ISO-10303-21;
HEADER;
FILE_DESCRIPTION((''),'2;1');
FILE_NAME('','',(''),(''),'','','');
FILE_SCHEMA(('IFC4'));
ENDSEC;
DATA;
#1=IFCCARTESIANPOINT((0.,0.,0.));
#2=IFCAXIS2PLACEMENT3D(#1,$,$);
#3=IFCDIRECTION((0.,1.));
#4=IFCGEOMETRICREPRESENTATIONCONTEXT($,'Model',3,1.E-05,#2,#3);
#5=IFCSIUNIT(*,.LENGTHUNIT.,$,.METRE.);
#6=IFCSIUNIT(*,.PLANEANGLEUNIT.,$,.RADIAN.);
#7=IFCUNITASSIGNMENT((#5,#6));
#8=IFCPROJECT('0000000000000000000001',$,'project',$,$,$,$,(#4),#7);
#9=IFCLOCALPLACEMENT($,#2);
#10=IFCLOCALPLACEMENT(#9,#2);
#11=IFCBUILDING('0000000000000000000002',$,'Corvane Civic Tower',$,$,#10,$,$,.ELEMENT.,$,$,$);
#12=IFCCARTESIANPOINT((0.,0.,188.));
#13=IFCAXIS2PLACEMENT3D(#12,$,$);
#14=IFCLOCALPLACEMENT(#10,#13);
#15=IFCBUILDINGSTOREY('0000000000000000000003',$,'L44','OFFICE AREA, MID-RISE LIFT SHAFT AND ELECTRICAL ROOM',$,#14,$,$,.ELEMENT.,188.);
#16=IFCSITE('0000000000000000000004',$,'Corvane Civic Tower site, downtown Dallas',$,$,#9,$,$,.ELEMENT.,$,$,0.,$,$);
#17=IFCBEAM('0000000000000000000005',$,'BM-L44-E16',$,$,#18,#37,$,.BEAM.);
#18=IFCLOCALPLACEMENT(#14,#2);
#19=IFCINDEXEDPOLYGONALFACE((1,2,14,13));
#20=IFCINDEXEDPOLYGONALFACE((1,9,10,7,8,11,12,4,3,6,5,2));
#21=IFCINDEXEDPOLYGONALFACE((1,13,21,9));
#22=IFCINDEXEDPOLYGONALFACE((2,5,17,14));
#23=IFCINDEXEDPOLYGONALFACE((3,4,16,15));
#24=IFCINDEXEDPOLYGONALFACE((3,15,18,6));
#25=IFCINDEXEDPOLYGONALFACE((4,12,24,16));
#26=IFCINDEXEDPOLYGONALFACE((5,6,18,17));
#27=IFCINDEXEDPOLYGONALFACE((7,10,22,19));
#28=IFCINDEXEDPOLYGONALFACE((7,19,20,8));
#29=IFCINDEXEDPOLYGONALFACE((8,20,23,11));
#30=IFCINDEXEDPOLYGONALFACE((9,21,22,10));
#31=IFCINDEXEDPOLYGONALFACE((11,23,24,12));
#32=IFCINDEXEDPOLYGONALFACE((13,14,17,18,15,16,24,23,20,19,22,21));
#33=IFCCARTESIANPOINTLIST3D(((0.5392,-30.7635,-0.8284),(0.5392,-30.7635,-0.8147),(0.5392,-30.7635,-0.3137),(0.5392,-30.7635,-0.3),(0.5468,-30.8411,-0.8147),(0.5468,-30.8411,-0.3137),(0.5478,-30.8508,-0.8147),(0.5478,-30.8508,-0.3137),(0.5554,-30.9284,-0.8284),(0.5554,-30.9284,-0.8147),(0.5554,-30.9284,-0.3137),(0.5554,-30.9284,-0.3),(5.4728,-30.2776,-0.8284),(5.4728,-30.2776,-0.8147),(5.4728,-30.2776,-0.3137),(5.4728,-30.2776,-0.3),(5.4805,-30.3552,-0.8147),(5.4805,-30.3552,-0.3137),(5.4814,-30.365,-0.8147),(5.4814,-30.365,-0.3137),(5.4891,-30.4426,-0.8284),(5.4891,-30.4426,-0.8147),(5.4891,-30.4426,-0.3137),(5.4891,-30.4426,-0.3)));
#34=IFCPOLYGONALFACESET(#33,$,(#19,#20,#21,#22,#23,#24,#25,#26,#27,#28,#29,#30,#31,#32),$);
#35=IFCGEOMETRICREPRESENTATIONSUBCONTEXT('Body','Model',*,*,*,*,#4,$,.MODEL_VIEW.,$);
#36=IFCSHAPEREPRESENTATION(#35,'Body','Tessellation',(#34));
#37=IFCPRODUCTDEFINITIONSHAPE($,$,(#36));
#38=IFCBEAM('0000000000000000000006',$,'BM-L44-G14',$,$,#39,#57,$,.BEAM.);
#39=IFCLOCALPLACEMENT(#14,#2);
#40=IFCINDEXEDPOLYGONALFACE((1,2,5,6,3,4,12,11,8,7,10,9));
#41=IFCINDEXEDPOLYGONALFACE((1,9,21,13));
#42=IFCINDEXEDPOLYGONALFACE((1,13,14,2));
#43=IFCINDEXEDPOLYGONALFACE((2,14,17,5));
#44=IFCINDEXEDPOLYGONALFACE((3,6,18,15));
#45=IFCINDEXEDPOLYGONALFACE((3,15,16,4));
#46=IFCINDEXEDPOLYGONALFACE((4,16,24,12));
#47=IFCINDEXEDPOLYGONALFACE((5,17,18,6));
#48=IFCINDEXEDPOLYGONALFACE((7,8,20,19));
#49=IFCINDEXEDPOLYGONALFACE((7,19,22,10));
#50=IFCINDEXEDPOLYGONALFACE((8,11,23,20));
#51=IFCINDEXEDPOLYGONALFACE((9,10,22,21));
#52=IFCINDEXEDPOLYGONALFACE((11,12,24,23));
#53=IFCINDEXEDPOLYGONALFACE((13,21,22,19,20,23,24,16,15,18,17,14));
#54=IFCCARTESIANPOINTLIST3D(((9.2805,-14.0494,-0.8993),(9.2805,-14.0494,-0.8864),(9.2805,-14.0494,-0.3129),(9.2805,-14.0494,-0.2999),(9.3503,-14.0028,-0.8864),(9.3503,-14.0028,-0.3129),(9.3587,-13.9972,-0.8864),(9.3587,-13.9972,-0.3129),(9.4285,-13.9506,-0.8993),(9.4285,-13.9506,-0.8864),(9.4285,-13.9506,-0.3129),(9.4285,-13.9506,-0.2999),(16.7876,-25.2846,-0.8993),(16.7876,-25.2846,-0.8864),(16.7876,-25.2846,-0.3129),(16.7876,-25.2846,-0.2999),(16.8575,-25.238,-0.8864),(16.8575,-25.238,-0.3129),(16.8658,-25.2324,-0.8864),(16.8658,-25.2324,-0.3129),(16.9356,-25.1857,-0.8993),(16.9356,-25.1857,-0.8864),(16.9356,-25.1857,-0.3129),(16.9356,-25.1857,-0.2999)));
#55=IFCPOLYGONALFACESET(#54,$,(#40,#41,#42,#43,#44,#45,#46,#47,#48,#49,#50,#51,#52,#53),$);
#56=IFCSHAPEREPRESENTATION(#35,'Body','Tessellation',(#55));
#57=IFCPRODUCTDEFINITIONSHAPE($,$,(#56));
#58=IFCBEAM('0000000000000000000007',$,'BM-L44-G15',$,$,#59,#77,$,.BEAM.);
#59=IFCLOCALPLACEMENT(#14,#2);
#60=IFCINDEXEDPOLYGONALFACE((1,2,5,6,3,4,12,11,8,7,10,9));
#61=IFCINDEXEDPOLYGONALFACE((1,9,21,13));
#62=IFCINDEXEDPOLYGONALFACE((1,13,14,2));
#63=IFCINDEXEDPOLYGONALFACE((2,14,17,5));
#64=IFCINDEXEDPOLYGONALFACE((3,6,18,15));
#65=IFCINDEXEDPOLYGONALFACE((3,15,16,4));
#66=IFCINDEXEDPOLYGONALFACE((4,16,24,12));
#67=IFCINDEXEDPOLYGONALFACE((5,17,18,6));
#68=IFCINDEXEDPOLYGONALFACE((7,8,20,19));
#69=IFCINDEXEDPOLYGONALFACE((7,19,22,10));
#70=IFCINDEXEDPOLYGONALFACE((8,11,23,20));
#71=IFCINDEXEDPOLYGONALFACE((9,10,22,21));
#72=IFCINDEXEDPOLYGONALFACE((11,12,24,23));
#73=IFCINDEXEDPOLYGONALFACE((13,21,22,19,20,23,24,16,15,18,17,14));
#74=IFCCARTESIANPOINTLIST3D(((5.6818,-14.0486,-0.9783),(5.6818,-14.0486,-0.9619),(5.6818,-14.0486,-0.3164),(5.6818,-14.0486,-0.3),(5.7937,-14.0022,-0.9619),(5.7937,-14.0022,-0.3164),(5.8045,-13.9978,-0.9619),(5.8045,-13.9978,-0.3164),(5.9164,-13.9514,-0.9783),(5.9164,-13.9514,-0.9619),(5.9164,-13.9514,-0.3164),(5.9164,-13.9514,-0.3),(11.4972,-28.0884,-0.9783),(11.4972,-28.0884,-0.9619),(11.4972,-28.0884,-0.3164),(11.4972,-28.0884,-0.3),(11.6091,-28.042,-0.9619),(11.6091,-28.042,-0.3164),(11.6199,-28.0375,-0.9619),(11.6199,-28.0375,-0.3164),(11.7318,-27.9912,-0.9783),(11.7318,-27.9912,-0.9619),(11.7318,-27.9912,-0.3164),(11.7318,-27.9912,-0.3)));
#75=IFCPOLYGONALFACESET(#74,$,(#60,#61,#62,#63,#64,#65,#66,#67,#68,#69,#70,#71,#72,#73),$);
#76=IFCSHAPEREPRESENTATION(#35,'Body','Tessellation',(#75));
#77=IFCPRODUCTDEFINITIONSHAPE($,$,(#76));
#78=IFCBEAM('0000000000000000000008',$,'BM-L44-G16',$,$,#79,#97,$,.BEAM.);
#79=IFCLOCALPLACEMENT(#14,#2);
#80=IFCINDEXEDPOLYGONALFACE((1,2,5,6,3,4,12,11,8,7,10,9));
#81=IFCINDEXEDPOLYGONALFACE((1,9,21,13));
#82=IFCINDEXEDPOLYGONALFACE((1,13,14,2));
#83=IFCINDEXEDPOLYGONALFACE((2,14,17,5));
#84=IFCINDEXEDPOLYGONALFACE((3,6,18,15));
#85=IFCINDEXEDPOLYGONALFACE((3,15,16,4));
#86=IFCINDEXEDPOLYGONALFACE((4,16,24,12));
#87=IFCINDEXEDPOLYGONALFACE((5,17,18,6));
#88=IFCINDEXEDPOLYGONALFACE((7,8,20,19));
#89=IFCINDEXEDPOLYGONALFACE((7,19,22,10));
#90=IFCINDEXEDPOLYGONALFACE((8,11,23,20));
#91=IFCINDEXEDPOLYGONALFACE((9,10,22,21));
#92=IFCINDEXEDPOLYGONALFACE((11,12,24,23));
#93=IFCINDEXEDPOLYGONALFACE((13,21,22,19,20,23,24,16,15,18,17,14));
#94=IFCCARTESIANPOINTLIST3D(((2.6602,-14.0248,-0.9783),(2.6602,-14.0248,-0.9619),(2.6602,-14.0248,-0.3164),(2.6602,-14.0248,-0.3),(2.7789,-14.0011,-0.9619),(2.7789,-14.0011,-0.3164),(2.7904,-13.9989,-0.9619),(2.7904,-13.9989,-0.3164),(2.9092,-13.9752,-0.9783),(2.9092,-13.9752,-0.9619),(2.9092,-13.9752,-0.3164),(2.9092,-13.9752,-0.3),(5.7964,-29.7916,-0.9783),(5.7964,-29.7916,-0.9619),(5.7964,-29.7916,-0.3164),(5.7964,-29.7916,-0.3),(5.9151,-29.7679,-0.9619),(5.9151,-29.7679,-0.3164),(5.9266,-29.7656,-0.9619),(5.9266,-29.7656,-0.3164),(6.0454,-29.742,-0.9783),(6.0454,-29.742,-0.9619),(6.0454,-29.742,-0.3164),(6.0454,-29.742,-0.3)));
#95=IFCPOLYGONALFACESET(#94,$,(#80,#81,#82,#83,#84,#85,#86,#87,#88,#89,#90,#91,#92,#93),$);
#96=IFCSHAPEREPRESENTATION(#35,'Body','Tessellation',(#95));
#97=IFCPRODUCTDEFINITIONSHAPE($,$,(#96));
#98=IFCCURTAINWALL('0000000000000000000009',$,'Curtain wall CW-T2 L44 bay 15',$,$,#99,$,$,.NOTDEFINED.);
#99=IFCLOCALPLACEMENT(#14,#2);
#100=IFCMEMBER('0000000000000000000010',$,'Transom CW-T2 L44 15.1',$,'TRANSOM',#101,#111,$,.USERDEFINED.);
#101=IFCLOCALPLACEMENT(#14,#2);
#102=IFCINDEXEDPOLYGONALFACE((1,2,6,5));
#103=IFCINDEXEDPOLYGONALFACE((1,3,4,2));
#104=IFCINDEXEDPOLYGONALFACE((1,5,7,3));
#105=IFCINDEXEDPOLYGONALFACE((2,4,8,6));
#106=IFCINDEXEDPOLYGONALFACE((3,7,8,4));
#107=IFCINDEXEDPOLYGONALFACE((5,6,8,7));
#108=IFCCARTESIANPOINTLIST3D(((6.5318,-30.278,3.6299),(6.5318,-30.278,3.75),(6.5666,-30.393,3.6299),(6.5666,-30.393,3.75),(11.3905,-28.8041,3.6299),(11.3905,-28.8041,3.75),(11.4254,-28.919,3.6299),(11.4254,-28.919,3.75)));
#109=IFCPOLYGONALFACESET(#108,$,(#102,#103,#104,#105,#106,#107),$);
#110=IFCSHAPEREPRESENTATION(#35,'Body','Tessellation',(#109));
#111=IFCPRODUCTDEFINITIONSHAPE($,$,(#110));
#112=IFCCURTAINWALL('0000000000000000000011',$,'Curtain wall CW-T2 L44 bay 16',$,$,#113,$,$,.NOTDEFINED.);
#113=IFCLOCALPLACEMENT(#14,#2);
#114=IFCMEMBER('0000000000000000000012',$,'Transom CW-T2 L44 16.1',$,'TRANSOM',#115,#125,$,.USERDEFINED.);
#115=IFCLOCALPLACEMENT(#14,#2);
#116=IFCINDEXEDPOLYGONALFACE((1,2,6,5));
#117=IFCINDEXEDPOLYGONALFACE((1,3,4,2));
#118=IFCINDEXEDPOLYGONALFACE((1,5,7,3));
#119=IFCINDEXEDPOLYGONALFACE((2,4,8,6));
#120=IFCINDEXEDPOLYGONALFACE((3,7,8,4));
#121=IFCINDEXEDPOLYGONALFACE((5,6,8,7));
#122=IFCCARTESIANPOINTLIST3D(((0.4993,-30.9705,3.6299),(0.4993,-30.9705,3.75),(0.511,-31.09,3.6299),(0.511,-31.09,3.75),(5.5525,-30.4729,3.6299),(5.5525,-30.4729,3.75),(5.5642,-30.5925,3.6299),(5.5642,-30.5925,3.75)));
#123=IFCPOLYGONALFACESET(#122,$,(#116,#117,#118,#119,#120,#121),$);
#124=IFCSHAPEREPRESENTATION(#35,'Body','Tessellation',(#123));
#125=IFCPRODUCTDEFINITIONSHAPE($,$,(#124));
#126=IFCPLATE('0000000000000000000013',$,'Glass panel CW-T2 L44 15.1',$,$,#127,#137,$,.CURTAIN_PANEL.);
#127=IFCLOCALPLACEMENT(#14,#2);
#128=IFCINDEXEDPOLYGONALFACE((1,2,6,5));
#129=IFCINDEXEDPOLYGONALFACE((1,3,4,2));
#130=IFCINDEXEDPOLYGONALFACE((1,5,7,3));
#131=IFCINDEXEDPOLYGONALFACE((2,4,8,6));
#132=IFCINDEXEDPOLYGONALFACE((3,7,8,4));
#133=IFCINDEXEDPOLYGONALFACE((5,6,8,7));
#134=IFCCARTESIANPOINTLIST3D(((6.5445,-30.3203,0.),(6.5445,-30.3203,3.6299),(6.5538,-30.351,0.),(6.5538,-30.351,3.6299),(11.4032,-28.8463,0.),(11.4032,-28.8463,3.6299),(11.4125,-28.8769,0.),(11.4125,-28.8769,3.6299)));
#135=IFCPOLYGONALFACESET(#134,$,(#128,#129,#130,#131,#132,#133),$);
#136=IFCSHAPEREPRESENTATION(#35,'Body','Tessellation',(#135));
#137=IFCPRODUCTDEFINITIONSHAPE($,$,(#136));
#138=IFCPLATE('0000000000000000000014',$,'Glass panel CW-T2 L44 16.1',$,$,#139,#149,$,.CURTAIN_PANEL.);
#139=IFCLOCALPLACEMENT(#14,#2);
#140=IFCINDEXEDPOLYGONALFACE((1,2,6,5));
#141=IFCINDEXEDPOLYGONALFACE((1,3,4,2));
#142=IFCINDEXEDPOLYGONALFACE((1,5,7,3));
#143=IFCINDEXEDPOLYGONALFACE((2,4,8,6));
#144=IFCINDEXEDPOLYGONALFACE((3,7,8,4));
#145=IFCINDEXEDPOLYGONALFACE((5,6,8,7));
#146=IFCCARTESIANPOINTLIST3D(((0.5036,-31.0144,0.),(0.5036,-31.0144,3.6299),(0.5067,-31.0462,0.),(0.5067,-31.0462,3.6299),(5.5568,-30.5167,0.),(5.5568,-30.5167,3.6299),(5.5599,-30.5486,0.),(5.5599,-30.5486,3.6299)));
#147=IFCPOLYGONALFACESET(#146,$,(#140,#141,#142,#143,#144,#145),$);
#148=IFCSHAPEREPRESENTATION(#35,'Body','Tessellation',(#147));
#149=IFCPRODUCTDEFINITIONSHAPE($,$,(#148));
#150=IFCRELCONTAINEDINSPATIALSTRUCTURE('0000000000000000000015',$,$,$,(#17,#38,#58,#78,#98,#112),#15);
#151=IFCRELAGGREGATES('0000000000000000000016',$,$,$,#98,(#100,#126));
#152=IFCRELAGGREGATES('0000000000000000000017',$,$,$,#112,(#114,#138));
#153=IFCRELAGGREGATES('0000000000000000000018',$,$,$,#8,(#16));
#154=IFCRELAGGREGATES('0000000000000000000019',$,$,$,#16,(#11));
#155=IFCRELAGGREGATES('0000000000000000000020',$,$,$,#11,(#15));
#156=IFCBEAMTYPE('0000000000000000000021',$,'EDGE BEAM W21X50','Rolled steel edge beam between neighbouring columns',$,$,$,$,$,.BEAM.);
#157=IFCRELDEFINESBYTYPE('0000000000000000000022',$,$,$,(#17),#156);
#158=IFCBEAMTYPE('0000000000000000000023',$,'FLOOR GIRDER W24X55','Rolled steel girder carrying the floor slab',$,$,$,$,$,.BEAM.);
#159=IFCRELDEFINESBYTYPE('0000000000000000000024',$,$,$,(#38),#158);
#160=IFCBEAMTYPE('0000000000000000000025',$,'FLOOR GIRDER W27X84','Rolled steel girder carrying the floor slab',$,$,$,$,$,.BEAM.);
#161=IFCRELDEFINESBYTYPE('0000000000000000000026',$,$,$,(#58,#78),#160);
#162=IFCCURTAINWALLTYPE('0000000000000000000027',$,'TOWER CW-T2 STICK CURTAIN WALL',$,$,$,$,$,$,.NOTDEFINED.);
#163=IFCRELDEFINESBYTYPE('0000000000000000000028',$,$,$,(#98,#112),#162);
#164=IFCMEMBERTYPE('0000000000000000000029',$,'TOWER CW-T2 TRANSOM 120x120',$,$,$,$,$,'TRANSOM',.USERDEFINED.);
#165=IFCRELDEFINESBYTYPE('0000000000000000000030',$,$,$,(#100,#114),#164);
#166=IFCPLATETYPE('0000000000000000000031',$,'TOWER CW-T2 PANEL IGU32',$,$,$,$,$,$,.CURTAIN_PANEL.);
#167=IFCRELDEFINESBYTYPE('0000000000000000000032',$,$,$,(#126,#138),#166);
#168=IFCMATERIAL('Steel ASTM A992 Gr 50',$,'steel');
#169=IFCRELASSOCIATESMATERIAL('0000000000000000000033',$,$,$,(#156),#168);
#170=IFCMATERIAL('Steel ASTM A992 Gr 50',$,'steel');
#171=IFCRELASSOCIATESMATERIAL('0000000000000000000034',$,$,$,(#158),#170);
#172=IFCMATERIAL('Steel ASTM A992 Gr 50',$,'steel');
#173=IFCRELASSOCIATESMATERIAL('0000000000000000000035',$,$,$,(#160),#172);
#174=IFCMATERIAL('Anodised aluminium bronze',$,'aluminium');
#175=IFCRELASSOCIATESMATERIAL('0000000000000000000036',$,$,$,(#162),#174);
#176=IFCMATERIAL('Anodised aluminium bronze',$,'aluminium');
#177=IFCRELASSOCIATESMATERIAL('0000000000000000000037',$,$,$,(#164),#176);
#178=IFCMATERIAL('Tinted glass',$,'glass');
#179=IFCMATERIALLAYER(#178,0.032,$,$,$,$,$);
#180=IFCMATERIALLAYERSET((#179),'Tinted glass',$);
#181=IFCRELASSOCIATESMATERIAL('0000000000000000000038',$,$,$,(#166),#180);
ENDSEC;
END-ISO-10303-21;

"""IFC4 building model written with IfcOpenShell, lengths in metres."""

from ifc_helpers import new_model, si_unit, direction, frame, origin, origin_2d, place, context, subcontext, project, spatial, rectangle, i_section, extrude, material, layer, layer_set, material_profile, profile_set, type_object, element, aggregate, save


model = new_model("IFC4")

# Units and contexts
model_context = context("Model", 3, precision=1e-05, world=origin(), true_north=direction((0.0, 1.0)))
body_context = subcontext(model_context, "Body", "Model", "MODEL_VIEW")
ifc_project = project(units=[si_unit("LENGTHUNIT", "METRE"), si_unit("PLANEANGLEUNIT", "RADIAN")], contexts=[model_context])

# Site, building, storey
site_placement = place(None, origin())
site = spatial("IfcSite", under=ifc_project, at=site_placement, Name="Corvane Civic Tower site, downtown Dallas", CompositionType="ELEMENT", RefElevation=0.0)
building_placement = place(site_placement, origin())
building = spatial("IfcBuilding", under=site, at=building_placement, Name="Corvane Civic Tower", CompositionType="ELEMENT")
storey_placement = place(building_placement, frame((0.0, 0.0, 188.0)))
storey = spatial("IfcBuildingStorey", under=building, at=storey_placement, Name="L44", Description="OFFICE AREA, MID-RISE LIFT SHAFT AND ELECTRICAL ROOM", CompositionType="ELEMENT", Elevation=188.0)

# Beams
ifc_material_1 = material(Name="Steel ASTM A992 Gr 50", Category="steel")
ifc_material_profile_1 = material_profile(ifc_material_1, i_section(OverallWidth=0.1658, OverallDepth=0.5283, WebThickness=0.0098, FlangeThickness=0.0137, at=origin_2d()), Name="W21X50")
ifc_profile_set_1 = profile_set([ifc_material_profile_1], Name="Steel ASTM A992 Gr 50")
beam_type_1 = type_object("IfcBeamType", Name="EDGE BEAM W21X50", Description="Rolled steel edge beam between neighbouring columns", PredefinedType="BEAM", material=ifc_profile_set_1)
beam_1_placement = place(storey_placement, frame((5.481, -30.3601, -0.5642), z_axis=(-0.995186, -0.098002, 0.0), x_axis=(0.098002, -0.995186, 0.0)))
element("IfcBeam", 1, at=beam_1_placement, inside=storey, type_object=beam_type_1, Name="BM-L44-E16", PredefinedType="BEAM", context=body_context, shape_type="SweptSolid", body=[
    extrude(i_section(OverallWidth=0.1658, OverallDepth=0.5283, WebThickness=0.0098, FlangeThickness=0.0137, at=origin_2d()), origin(), (0.0, 0.0, 1.0), 4.9575),
])
ifc_material_2 = material(Name="Steel ASTM A992 Gr 50", Category="steel")
ifc_material_profile_2 = material_profile(ifc_material_2, i_section(OverallWidth=0.178, OverallDepth=0.5994, WebThickness=0.01, FlangeThickness=0.0129, at=origin_2d()), Name="W24X55")
ifc_profile_set_2 = profile_set([ifc_material_profile_2], Name="Steel ASTM A992 Gr 50")
beam_type_2 = type_object("IfcBeamType", Name="FLOOR GIRDER W24X55", Description="Rolled steel girder carrying the floor slab", PredefinedType="BEAM", material=ifc_profile_set_2)
beam_2_placement = place(storey_placement, frame((9.3545, -14.0, -0.5996), z_axis=(0.555571, -0.831469, 0.0), x_axis=(0.831469, 0.555571, 0.0)))
element("IfcBeam", 2, at=beam_2_placement, inside=storey, type_object=beam_type_2, Name="BM-L44-G14", PredefinedType="BEAM", context=body_context, shape_type="SweptSolid", body=[
    extrude(i_section(OverallWidth=0.178, OverallDepth=0.5994, WebThickness=0.01, FlangeThickness=0.0129, at=origin_2d()), origin(), (0.0, 0.0, 1.0), 13.5125),
])
ifc_material_3 = material(Name="Steel ASTM A992 Gr 50", Category="steel")
ifc_material_profile_3 = material_profile(ifc_material_3, i_section(OverallWidth=0.2539, OverallDepth=0.6782, WebThickness=0.0117, FlangeThickness=0.0164, at=origin_2d()), Name="W27X84")
ifc_profile_set_3 = profile_set([ifc_material_profile_3], Name="Steel ASTM A992 Gr 50")
beam_type_3 = type_object("IfcBeamType", Name="FLOOR GIRDER W27X84", Description="Rolled steel girder carrying the floor slab", PredefinedType="BEAM", material=ifc_profile_set_3)
beam_3_placement = place(storey_placement, frame((5.7991, -14.0, -0.6392), z_axis=(0.382681, -0.923881, 0.0), x_axis=(0.923881, 0.382681, 0.0)))
element("IfcBeam", 3, at=beam_3_placement, inside=storey, type_object=beam_type_3, Name="BM-L44-G15", PredefinedType="BEAM", context=body_context, shape_type="SweptSolid", body=[
    extrude(i_section(OverallWidth=0.2539, OverallDepth=0.6782, WebThickness=0.0117, FlangeThickness=0.0164, at=origin_2d()), origin(), (0.0, 0.0, 1.0), 15.1965),
])
beam_4_placement = place(storey_placement, frame((2.7847, -14.0, -0.6392), z_axis=(0.195091, -0.980785, 0.0), x_axis=(0.980785, 0.195091, 0.0)))
element("IfcBeam", 4, at=beam_4_placement, inside=storey, type_object=beam_type_3, Name="BM-L44-G16", PredefinedType="BEAM", context=body_context, shape_type="SweptSolid", body=[
    extrude(i_section(OverallWidth=0.2539, OverallDepth=0.6782, WebThickness=0.0117, FlangeThickness=0.0164, at=origin_2d()), origin(), (0.0, 0.0, 1.0), 16.0757),
])

# Curtain walls, members
ifc_material_4 = material(Name="Anodised aluminium bronze", Category="aluminium")
curtain_wall_type = type_object("IfcCurtainWallType", Name="TOWER CW-T2 STICK CURTAIN WALL", PredefinedType="NOTDEFINED", material=ifc_material_4)
curtain_wall_1_placement = place(storey_placement, origin())
curtain_wall_1 = element("IfcCurtainWall", 5, at=curtain_wall_1_placement, inside=storey, type_object=curtain_wall_type, Name="Curtain wall CW-T2 L44 bay 15", PredefinedType="NOTDEFINED")
ifc_material_5 = material(Name="Anodised aluminium bronze", Category="aluminium")
ifc_material_profile_4 = material_profile(ifc_material_5, rectangle(XDim=0.1201, YDim=0.1201, at=origin_2d()), Name="TOWER CW-T2 TRANSOM 120x120")
ifc_profile_set_4 = profile_set([ifc_material_profile_4], Name="Anodised aluminium bronze")
member_type = type_object("IfcMemberType", Name="TOWER CW-T2 TRANSOM 120x120", ElementType="TRANSOM", PredefinedType="USERDEFINED", material=ifc_profile_set_4)
member_1_placement = place(storey_placement, frame((11.408, -28.8616, 3.6899), z_axis=(-0.956939, -0.290289, 0.0), x_axis=(0.290289, -0.956939, 0.0)))
member_1 = element("IfcMember", 6, at=member_1_placement, type_object=member_type, Name="Transom CW-T2 L44 15.1", ObjectType="TRANSOM", PredefinedType="USERDEFINED", context=body_context, shape_type="SweptSolid", body=[
    extrude(rectangle(XDim=0.1201, YDim=0.1201, at=origin_2d()), origin(), (0.0, 0.0, 1.0), 5.0774),
])
curtain_wall_2_placement = place(storey_placement, origin())
curtain_wall_2 = element("IfcCurtainWall", 7, at=curtain_wall_2_placement, inside=storey, type_object=curtain_wall_type, Name="Curtain wall CW-T2 L44 bay 16", PredefinedType="NOTDEFINED")
member_2_placement = place(storey_placement, frame((5.5583, -30.5327, 3.6899), z_axis=(-0.995187, -0.09799, 0.0), x_axis=(0.09799, -0.995187, 0.0)))
member_2 = element("IfcMember", 8, at=member_2_placement, type_object=member_type, Name="Transom CW-T2 L44 16.1", ObjectType="TRANSOM", PredefinedType="USERDEFINED", context=body_context, shape_type="SweptSolid", body=[
    extrude(rectangle(XDim=0.1201, YDim=0.1201, at=origin_2d()), origin(), (0.0, 0.0, 1.0), 5.0776),
])

# Plates
ifc_material_6 = material(Name="Tinted glass", Category="glass")
ifc_layer_1 = layer(ifc_material_6, 0.032)
ifc_layer_set_1 = layer_set([ifc_layer_1], Name="Tinted glass")
plate_type = type_object("IfcPlateType", Name="TOWER CW-T2 PANEL IGU32", PredefinedType="CURTAIN_PANEL", material=ifc_layer_set_1)
plate_1_placement = place(storey_placement, frame((8.9785, -29.5986, 0.0), z_axis=(0.0, 0.0, 1.0), x_axis=(-0.956932, -0.290313, 0.0)))
plate_1 = element("IfcPlate", 9, at=plate_1_placement, type_object=plate_type, Name="Glass panel CW-T2 L44 15.1", PredefinedType="CURTAIN_PANEL", context=body_context, shape_type="SweptSolid", body=[
    extrude(rectangle(XDim=5.0774, YDim=0.032, at=origin_2d()), origin(), (0.0, 0.0, 1.0), 3.6299),
])
aggregate(curtain_wall_1, [member_1, plate_1])
plate_2_placement = place(storey_placement, frame((3.0317, -30.7815, 0.0), z_axis=(0.0, 0.0, 1.0), x_axis=(-0.995185, -0.098012, 0.0)))
plate_2 = element("IfcPlate", 10, at=plate_2_placement, type_object=plate_type, Name="Glass panel CW-T2 L44 16.1", PredefinedType="CURTAIN_PANEL", context=body_context, shape_type="SweptSolid", body=[
    extrude(rectangle(XDim=5.0776, YDim=0.032, at=origin_2d()), origin(), (0.0, 0.0, 1.0), 3.6299),
])
aggregate(curtain_wall_2, [member_2, plate_2])

save(model, "model.ifc")
